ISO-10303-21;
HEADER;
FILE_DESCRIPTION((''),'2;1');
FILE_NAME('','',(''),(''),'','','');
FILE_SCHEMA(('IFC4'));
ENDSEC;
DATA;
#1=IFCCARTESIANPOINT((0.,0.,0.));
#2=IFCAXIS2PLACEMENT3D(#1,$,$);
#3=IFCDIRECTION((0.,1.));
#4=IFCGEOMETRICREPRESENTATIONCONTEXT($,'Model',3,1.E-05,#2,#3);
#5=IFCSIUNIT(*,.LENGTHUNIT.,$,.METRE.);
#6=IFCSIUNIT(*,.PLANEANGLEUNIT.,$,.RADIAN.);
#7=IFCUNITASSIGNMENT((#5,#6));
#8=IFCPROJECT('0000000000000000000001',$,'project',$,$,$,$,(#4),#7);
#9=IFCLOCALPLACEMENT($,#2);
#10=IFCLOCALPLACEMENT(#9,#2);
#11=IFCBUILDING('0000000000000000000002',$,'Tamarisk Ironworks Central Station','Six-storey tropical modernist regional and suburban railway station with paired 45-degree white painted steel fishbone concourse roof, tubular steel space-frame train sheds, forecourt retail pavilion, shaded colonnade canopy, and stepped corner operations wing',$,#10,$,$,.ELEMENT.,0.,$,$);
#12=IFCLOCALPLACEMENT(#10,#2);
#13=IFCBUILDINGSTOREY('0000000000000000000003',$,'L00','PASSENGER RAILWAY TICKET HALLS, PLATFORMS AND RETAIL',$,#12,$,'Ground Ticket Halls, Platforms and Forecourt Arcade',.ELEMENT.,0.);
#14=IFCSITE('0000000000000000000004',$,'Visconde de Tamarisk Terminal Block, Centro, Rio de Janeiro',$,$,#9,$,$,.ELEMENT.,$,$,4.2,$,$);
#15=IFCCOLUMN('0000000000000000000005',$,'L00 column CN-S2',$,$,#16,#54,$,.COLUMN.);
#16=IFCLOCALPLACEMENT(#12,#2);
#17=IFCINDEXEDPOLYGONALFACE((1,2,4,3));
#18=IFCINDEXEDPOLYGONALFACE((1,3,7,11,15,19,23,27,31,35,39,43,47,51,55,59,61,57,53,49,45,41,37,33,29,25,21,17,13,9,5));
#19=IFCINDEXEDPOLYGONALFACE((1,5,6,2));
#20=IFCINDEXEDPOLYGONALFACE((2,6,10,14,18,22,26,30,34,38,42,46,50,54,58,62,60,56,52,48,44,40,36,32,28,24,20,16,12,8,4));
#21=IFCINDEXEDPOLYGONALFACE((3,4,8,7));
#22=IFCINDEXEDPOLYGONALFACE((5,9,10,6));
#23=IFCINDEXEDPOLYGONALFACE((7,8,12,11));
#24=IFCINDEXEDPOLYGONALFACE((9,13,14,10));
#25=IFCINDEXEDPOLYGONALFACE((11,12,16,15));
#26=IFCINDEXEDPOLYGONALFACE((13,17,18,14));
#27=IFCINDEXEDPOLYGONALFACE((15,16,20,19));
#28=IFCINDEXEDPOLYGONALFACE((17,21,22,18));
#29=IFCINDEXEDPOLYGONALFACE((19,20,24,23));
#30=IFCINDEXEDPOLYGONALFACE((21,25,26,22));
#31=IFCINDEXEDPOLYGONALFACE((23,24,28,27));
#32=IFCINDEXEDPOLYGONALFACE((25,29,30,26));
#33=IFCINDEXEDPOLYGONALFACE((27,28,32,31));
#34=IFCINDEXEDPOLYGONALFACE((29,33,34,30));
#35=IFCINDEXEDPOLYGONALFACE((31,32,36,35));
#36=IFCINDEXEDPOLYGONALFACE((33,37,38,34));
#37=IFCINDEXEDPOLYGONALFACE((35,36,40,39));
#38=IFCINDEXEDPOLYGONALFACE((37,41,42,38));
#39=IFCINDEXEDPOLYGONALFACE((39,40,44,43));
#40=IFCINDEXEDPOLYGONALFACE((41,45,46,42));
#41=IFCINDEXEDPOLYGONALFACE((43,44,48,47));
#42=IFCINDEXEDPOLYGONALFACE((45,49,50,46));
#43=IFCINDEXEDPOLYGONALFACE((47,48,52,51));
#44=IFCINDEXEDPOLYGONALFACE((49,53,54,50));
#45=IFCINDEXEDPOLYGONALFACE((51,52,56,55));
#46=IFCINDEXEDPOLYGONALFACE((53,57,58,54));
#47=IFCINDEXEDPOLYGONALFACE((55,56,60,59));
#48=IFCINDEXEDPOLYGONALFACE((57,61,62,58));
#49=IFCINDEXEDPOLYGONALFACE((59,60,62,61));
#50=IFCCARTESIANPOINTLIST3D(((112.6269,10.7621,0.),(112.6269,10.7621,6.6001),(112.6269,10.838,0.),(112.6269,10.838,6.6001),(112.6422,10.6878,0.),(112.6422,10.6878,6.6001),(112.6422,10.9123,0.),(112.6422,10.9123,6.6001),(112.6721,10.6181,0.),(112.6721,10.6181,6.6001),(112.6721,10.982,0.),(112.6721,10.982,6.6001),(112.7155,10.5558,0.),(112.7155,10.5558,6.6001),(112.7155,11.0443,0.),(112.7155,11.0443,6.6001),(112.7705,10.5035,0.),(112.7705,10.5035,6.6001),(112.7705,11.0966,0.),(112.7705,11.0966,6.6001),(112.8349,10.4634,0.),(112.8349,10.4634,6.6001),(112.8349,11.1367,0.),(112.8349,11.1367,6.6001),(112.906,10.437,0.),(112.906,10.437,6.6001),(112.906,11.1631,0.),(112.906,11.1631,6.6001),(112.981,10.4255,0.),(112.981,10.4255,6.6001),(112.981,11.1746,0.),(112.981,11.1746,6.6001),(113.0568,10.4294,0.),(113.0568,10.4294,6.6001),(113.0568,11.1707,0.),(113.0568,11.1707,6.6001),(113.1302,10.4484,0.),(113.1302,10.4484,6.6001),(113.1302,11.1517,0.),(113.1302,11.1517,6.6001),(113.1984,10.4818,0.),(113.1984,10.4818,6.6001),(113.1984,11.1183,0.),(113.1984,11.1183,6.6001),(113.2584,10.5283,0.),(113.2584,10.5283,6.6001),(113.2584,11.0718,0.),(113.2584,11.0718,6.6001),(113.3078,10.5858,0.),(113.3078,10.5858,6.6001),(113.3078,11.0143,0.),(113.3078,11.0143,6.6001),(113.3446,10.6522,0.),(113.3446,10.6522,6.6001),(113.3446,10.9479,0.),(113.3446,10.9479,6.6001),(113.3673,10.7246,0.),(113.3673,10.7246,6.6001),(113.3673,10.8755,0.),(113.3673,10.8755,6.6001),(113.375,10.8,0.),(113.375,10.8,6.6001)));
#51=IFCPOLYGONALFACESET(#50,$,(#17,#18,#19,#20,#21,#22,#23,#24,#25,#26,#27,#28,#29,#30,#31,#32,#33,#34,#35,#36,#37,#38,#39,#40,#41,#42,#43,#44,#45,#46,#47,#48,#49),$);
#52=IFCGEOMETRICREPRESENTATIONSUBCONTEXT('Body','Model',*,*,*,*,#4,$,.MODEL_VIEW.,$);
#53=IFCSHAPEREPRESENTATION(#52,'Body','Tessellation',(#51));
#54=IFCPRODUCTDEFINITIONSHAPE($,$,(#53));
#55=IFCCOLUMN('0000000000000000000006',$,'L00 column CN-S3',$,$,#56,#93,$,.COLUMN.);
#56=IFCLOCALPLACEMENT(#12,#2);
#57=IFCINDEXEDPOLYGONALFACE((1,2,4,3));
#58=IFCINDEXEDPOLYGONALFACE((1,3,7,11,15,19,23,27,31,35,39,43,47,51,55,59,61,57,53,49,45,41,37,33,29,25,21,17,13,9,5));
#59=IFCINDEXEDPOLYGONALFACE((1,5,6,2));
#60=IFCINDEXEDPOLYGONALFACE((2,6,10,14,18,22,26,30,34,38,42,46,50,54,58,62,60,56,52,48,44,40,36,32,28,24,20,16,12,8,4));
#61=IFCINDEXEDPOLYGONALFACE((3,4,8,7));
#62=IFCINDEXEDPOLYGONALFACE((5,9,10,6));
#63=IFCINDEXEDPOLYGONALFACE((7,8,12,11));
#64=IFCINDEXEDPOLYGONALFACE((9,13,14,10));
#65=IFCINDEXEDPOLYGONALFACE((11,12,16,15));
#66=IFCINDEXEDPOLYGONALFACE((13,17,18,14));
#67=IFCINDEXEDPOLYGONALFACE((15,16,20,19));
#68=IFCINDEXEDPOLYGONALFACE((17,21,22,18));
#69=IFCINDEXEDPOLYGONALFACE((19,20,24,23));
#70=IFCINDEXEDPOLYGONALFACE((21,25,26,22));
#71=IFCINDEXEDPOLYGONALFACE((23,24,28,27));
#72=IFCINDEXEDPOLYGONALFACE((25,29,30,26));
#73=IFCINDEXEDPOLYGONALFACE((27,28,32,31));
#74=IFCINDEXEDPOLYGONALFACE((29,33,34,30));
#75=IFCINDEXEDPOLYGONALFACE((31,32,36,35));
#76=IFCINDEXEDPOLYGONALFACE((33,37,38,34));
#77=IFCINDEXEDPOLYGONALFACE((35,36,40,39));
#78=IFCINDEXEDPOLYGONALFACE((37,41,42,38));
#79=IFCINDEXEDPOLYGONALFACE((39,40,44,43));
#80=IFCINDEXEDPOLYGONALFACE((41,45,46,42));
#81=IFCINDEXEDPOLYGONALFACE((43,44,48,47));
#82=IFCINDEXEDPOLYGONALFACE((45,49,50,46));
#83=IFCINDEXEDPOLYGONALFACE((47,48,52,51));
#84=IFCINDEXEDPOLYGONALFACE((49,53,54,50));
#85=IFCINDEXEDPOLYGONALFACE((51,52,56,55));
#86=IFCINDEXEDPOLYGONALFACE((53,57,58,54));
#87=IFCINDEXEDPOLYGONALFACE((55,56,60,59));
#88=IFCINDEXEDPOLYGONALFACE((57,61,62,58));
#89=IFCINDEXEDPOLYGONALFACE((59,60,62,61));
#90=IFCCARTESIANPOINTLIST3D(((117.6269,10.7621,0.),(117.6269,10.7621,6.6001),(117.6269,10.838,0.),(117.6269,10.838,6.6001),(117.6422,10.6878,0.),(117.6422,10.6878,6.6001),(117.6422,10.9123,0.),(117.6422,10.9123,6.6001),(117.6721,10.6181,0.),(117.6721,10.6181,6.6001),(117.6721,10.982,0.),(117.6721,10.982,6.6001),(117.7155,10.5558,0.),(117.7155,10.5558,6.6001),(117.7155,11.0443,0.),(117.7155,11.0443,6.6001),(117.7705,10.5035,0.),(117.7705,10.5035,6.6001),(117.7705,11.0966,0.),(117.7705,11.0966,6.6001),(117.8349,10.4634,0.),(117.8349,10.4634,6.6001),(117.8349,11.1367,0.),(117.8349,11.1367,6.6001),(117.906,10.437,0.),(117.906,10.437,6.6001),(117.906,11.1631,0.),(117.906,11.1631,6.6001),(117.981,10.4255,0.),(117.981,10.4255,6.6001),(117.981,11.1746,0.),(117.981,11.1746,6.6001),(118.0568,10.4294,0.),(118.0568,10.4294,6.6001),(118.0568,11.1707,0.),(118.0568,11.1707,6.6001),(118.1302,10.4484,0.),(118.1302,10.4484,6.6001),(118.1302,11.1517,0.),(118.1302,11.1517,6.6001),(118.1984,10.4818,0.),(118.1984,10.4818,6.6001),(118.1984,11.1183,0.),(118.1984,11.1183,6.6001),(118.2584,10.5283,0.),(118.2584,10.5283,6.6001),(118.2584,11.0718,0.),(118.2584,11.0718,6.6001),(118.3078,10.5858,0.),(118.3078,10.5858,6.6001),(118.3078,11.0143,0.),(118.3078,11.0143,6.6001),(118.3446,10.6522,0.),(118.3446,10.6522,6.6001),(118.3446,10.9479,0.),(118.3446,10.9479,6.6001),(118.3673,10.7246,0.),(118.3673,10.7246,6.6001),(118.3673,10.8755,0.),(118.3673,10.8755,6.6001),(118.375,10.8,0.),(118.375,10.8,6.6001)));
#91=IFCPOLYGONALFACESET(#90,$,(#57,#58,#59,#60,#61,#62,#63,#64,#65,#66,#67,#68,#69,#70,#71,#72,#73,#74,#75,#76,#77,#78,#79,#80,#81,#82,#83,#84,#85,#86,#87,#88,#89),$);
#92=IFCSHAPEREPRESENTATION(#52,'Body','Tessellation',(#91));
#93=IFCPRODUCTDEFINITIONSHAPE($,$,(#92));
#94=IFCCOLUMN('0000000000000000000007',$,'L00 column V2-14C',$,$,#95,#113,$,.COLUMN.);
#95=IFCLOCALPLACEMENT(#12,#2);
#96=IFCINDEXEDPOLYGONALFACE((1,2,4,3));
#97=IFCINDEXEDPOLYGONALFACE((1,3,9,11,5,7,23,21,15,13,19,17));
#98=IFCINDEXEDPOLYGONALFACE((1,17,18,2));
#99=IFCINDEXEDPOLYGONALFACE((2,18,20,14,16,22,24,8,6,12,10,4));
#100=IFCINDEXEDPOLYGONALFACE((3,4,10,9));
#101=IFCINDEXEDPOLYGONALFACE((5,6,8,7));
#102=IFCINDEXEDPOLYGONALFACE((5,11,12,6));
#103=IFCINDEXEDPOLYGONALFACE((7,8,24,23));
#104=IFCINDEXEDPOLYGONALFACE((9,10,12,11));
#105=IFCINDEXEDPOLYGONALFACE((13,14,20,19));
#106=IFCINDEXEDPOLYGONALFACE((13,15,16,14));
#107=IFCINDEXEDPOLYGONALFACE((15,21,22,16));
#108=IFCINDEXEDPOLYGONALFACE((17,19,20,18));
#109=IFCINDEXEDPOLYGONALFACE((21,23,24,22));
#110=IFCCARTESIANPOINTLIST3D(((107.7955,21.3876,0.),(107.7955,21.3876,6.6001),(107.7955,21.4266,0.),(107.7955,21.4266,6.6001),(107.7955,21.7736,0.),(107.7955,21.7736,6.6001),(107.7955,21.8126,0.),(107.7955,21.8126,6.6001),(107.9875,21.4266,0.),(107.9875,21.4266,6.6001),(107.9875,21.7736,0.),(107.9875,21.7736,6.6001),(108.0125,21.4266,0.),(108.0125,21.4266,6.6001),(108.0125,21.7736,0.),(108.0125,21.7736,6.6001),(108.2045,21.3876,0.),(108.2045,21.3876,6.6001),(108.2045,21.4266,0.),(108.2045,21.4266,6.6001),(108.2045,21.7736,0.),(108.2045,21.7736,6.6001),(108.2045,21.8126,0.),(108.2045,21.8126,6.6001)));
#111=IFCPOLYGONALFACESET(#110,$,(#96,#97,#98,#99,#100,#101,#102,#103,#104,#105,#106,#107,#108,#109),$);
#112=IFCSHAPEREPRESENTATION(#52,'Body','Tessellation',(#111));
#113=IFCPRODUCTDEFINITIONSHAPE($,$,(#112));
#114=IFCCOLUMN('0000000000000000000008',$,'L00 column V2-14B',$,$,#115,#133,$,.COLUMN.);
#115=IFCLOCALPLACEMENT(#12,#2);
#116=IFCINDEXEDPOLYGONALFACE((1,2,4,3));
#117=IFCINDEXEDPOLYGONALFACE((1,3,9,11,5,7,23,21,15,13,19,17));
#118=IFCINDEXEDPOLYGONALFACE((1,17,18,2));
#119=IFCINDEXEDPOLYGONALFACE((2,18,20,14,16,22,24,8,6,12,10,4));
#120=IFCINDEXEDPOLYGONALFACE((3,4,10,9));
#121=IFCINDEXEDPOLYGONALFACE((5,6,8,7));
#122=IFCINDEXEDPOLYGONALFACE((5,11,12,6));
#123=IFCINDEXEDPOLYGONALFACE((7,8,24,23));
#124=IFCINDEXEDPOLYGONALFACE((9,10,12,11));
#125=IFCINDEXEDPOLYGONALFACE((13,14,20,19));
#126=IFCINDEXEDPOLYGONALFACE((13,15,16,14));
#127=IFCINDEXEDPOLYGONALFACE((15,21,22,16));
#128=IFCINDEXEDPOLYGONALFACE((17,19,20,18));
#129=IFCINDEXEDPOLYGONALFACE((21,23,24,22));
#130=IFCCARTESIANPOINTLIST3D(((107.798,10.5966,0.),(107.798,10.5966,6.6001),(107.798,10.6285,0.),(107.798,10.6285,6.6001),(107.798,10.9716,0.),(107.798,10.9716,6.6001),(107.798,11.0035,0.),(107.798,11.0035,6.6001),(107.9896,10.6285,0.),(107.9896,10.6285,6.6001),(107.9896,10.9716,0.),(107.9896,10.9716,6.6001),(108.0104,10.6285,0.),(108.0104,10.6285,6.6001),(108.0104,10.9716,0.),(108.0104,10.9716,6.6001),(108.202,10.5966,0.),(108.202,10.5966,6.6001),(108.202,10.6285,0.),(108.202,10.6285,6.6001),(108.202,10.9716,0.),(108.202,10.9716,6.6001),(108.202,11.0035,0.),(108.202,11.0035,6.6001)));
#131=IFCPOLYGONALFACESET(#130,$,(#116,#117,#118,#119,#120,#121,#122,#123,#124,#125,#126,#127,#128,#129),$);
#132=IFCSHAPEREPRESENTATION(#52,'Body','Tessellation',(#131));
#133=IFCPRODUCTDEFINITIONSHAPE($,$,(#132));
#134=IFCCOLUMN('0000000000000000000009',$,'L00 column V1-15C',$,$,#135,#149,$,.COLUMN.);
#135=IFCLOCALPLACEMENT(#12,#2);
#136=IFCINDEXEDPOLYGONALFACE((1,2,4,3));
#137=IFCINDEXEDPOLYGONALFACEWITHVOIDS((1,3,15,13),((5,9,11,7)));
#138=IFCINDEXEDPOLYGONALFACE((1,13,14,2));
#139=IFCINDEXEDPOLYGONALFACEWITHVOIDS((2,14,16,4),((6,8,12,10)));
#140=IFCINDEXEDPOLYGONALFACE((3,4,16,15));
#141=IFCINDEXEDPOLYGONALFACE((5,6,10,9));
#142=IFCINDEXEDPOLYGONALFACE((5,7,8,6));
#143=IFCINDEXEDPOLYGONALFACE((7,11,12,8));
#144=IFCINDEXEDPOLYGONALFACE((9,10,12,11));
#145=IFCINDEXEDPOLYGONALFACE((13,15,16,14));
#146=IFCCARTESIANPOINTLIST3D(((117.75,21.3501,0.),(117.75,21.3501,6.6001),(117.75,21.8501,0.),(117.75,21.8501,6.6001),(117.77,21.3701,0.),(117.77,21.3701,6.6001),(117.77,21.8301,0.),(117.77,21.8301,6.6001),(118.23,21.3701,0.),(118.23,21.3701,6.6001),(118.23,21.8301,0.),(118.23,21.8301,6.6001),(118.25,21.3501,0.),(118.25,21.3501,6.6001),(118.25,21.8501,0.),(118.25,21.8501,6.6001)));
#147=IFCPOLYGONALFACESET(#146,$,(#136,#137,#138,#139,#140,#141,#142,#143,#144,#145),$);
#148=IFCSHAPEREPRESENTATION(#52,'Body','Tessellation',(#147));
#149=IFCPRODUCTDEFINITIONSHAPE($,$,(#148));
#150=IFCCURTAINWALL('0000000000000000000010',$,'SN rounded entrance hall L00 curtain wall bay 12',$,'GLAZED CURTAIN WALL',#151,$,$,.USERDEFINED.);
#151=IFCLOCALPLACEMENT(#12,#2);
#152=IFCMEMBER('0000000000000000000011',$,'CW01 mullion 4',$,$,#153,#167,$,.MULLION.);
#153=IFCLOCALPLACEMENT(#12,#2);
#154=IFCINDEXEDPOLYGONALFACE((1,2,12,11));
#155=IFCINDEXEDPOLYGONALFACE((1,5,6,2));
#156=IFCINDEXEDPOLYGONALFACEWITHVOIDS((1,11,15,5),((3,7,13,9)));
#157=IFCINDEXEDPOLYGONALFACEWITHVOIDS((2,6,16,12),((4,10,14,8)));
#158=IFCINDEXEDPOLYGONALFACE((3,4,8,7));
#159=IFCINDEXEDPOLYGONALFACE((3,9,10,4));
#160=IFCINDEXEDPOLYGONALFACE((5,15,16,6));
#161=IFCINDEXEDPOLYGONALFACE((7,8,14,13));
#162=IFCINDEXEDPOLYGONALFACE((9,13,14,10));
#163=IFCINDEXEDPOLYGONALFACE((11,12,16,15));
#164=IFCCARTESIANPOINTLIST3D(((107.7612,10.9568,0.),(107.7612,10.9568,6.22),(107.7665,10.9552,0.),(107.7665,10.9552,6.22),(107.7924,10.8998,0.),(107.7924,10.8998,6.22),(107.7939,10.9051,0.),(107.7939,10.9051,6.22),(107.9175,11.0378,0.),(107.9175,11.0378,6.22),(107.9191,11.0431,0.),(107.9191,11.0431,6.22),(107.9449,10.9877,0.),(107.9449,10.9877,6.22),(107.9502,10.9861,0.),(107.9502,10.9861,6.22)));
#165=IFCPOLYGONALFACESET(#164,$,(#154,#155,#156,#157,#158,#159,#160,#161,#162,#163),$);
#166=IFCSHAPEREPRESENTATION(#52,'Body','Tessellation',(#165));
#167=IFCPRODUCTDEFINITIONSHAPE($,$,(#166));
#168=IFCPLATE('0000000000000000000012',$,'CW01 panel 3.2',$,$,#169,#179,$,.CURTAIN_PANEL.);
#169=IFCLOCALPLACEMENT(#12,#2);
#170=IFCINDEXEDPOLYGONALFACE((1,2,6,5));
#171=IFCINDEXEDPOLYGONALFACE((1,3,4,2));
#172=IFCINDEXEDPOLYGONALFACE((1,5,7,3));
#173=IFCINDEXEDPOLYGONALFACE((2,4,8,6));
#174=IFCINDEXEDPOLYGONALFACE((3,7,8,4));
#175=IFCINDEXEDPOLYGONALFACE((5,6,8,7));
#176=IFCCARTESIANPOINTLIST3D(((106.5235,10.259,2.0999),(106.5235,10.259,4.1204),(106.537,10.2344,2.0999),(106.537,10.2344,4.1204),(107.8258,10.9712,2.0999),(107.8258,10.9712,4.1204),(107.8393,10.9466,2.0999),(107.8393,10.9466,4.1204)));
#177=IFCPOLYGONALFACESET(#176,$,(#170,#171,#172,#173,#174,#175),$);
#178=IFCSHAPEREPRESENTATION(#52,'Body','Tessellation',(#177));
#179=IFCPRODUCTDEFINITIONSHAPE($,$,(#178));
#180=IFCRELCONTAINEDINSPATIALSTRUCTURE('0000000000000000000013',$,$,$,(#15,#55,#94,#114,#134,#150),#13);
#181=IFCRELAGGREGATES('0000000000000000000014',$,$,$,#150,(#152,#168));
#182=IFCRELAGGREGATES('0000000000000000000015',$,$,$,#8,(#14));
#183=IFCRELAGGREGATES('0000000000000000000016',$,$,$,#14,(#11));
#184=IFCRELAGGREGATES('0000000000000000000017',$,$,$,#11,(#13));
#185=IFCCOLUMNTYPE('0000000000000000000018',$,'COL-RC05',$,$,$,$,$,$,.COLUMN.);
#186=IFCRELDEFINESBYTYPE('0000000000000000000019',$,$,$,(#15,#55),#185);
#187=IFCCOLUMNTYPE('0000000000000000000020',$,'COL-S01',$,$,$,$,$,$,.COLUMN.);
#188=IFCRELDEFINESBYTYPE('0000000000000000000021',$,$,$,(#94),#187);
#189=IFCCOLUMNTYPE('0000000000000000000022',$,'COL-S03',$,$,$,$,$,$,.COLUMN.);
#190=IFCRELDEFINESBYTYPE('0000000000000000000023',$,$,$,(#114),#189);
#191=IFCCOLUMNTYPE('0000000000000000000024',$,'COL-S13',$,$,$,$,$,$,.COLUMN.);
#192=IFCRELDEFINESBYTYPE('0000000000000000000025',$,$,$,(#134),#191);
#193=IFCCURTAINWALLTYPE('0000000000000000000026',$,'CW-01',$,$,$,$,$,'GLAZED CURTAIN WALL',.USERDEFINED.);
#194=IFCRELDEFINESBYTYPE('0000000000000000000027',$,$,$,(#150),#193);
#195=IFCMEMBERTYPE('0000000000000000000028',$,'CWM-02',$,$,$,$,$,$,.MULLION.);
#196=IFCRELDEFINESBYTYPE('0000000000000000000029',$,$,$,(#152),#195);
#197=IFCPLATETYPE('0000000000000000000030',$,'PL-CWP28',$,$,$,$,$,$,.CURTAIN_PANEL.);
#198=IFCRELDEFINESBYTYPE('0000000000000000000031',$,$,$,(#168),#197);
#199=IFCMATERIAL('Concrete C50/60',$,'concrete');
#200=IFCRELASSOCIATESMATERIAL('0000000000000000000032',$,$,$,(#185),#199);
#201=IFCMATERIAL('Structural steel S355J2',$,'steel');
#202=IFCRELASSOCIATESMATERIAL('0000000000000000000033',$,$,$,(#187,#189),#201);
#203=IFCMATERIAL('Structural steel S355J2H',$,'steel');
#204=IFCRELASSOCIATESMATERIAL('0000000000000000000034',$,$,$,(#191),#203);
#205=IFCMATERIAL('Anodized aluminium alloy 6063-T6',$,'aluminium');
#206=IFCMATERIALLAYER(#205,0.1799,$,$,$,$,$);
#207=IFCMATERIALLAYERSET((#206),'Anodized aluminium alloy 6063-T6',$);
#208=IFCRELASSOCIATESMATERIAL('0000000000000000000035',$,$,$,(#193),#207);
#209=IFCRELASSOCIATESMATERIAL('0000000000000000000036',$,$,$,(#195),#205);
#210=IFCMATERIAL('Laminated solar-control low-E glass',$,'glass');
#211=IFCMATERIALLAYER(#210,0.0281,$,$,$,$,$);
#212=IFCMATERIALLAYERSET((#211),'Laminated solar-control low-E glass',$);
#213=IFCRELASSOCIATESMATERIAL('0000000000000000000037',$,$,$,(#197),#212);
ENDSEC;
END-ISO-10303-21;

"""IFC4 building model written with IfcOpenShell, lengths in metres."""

from ifc_helpers import new_model, si_unit, direction, frame, origin, origin_2d, place, context, subcontext, project, spatial, rectangle, hollow_rectangle, circle, i_section, extrude, material, layer, layer_set, material_profile, profile_set, type_object, element, aggregate, save


model = new_model("IFC4")

# Units and contexts
model_context = context("Model", 3, precision=1e-05, world=origin(), true_north=direction((0.0, 1.0)))
body_context = subcontext(model_context, "Body", "Model", "MODEL_VIEW")
ifc_project = project(units=[si_unit("LENGTHUNIT", "METRE"), si_unit("PLANEANGLEUNIT", "RADIAN")], contexts=[model_context])

# Site, building, storey
site_placement = place(None, origin())
site = spatial("IfcSite", under=ifc_project, at=site_placement, Name="Visconde de Tamarisk Terminal Block, Centro, Rio de Janeiro", CompositionType="ELEMENT", RefElevation=4.2)
building_placement = place(site_placement, origin())
building = spatial("IfcBuilding", under=site, at=building_placement, Name="Tamarisk Ironworks Central Station", Description="Six-storey tropical modernist regional and suburban railway station with paired 45-degree white painted steel fishbone concourse roof, tubular steel space-frame train sheds, forecourt retail pavilion, shaded colonnade canopy, and stepped corner operations wing", CompositionType="ELEMENT", ElevationOfRefHeight=0.0)
storey_placement = place(building_placement, origin())
storey = spatial("IfcBuildingStorey", under=building, at=storey_placement, Name="L00", Description="PASSENGER RAILWAY TICKET HALLS, PLATFORMS AND RETAIL", LongName="Ground Ticket Halls, Platforms and Forecourt Arcade", CompositionType="ELEMENT", Elevation=0.0)

# Columns
ifc_material_1 = material(Name="Concrete C50/60", Category="concrete")
ifc_material_profile_1 = material_profile(ifc_material_1, circle(Radius=0.375, at=origin_2d()), Name="RC D750")
ifc_profile_set_1 = profile_set([ifc_material_profile_1], Name="Concrete C50/60")
column_type_1 = type_object("IfcColumnType", Name="COL-RC05", PredefinedType="COLUMN", material=ifc_profile_set_1)
for number, where, z_axis, x_axis, name in (
    (1, (113.0, 10.8, 0.0), (0.0, 0.0, 1.0), (1.0, 0.0, 0.0), "L00 column CN-S2"),
    (2, (118.0, 10.8, 0.0), (0.0, 0.0, 1.0), (1.0, 0.0, 0.0), "L00 column CN-S3"),
):
    element("IfcColumn", number, at=place(storey_placement, frame(where, z_axis=z_axis, x_axis=x_axis)), inside=storey, type_object=column_type_1, Name=name, PredefinedType="COLUMN", context=body_context, shape_type="SweptSolid", body=[
        extrude(circle(Radius=0.375, at=origin_2d()), origin(), (0.0, 0.0, 1.0), 6.6001),
    ])
ifc_material_2 = material(Name="Structural steel S355J2", Category="steel")
ifc_material_profile_2 = material_profile(ifc_material_2, i_section(OverallWidth=0.4089, OverallDepth=0.425, WebThickness=0.0249, FlangeThickness=0.0391, at=origin_2d()), Name="HD 400x421")
ifc_profile_set_2 = profile_set([ifc_material_profile_2], Name="Structural steel S355J2")
column_type_2 = type_object("IfcColumnType", Name="COL-S01", PredefinedType="COLUMN", material=ifc_profile_set_2)
column_1_placement = place(storey_placement, frame((108.0, 21.6001, 0.0), z_axis=(0.0, 0.0, 1.0), x_axis=(1.0, 0.0, 0.0)))
element("IfcColumn", 3, at=column_1_placement, inside=storey, type_object=column_type_2, Name="L00 column V2-14C", PredefinedType="COLUMN", context=body_context, shape_type="SweptSolid", body=[
    extrude(i_section(OverallWidth=0.4089, OverallDepth=0.425, WebThickness=0.0249, FlangeThickness=0.0391, at=origin_2d()), origin(), (0.0, 0.0, 1.0), 6.6001),
])
ifc_material_profile_3 = material_profile(ifc_material_2, i_section(OverallWidth=0.4041, OverallDepth=0.407, WebThickness=0.0208, FlangeThickness=0.032, at=origin_2d()), Name="HD 400x347")
ifc_profile_set_3 = profile_set([ifc_material_profile_3], Name="Structural steel S355J2")
column_type_3 = type_object("IfcColumnType", Name="COL-S03", PredefinedType="COLUMN", material=ifc_profile_set_3)
column_2_placement = place(storey_placement, frame((108.0, 10.8, 0.0), z_axis=(0.0, 0.0, 1.0), x_axis=(1.0, 0.0, 0.0)))
element("IfcColumn", 4, at=column_2_placement, inside=storey, type_object=column_type_3, Name="L00 column V2-14B", PredefinedType="COLUMN", context=body_context, shape_type="SweptSolid", body=[
    extrude(i_section(OverallWidth=0.4041, OverallDepth=0.407, WebThickness=0.0208, FlangeThickness=0.032, at=origin_2d()), origin(), (0.0, 0.0, 1.0), 6.6001),
])
ifc_material_3 = material(Name="Structural steel S355J2H", Category="steel")
ifc_material_profile_4 = material_profile(ifc_material_3, hollow_rectangle(XDim=0.5, YDim=0.5, WallThickness=0.02, at=origin_2d()), Name="SHS 500x500x20")
ifc_profile_set_4 = profile_set([ifc_material_profile_4], Name="Structural steel S355J2H")
column_type_4 = type_object("IfcColumnType", Name="COL-S13", PredefinedType="COLUMN", material=ifc_profile_set_4)
column_3_placement = place(storey_placement, frame((118.0, 21.6001, 0.0), z_axis=(0.0, 0.0, 1.0), x_axis=(1.0, 0.0, 0.0)))
element("IfcColumn", 5, at=column_3_placement, inside=storey, type_object=column_type_4, Name="L00 column V1-15C", PredefinedType="COLUMN", context=body_context, shape_type="SweptSolid", body=[
    extrude(hollow_rectangle(XDim=0.5, YDim=0.5, WallThickness=0.02, at=origin_2d()), origin(), (0.0, 0.0, 1.0), 6.6001),
])

# Curtain wall, member, plate
ifc_material_4 = material(Name="Anodized aluminium alloy 6063-T6", Category="aluminium")
ifc_layer_1 = layer(ifc_material_4, 0.1799)
ifc_layer_set_1 = layer_set([ifc_layer_1], Name="Anodized aluminium alloy 6063-T6")
curtain_wall_type = type_object("IfcCurtainWallType", Name="CW-01", ElementType="GLAZED CURTAIN WALL", PredefinedType="USERDEFINED", material=ifc_layer_set_1)
curtain_wall_placement = place(storey_placement, origin())
curtain_wall = element("IfcCurtainWall", 6, at=curtain_wall_placement, inside=storey, type_object=curtain_wall_type, Name="SN rounded entrance hall L00 curtain wall bay 12", ObjectType="GLAZED CURTAIN WALL", PredefinedType="USERDEFINED")
ifc_material_profile_5 = material_profile(ifc_material_4, hollow_rectangle(XDim=0.0649, YDim=0.1799, WallThickness=0.0039, at=origin_2d()), Name="ALUM 180x65")
ifc_profile_set_5 = profile_set([ifc_material_profile_5], Name="Anodized aluminium alloy 6063-T6")
member_type = type_object("IfcMemberType", Name="CWM-02", PredefinedType="MULLION", material=ifc_profile_set_5)
member_placement = place(storey_placement, frame((107.8557, 10.9714, 0.0), z_axis=(0.0, 0.0, 1.0), x_axis=(-0.479805, 0.877375, 0.0)))
member = element("IfcMember", 7, at=member_placement, type_object=member_type, Name="CW01 mullion 4", PredefinedType="MULLION", context=body_context, shape_type="SweptSolid", body=[
    extrude(hollow_rectangle(XDim=0.0649, YDim=0.1799, WallThickness=0.0039, at=origin_2d()), origin(), (0.0, 0.0, 1.0), 6.22),
])
ifc_material_5 = material(Name="Laminated solar-control low-E glass", Category="glass")
ifc_layer_2 = layer(ifc_material_5, 0.0281)
ifc_layer_set_2 = layer_set([ifc_layer_2], Name="Laminated solar-control low-E glass")
plate_type = type_object("IfcPlateType", Name="PL-CWP28", PredefinedType="CURTAIN_PANEL", material=ifc_layer_set_2)
plate_1_placement = place(storey_placement, frame((107.1814, 10.6028, 2.0999), z_axis=(0.0, 0.0, 1.0), x_axis=(0.877375, 0.479805, 0.0)))
plate_1 = element("IfcPlate", 8, at=plate_1_placement, type_object=plate_type, Name="CW01 panel 3.2", PredefinedType="CURTAIN_PANEL", context=body_context, shape_type="SweptSolid", body=[
    extrude(rectangle(XDim=1.4844, YDim=0.0281, at=origin_2d()), origin(), (0.0, 0.0, 1.0), 2.0205),
])
aggregate(curtain_wall, [member, plate_1])

save(model, "model.ifc")
